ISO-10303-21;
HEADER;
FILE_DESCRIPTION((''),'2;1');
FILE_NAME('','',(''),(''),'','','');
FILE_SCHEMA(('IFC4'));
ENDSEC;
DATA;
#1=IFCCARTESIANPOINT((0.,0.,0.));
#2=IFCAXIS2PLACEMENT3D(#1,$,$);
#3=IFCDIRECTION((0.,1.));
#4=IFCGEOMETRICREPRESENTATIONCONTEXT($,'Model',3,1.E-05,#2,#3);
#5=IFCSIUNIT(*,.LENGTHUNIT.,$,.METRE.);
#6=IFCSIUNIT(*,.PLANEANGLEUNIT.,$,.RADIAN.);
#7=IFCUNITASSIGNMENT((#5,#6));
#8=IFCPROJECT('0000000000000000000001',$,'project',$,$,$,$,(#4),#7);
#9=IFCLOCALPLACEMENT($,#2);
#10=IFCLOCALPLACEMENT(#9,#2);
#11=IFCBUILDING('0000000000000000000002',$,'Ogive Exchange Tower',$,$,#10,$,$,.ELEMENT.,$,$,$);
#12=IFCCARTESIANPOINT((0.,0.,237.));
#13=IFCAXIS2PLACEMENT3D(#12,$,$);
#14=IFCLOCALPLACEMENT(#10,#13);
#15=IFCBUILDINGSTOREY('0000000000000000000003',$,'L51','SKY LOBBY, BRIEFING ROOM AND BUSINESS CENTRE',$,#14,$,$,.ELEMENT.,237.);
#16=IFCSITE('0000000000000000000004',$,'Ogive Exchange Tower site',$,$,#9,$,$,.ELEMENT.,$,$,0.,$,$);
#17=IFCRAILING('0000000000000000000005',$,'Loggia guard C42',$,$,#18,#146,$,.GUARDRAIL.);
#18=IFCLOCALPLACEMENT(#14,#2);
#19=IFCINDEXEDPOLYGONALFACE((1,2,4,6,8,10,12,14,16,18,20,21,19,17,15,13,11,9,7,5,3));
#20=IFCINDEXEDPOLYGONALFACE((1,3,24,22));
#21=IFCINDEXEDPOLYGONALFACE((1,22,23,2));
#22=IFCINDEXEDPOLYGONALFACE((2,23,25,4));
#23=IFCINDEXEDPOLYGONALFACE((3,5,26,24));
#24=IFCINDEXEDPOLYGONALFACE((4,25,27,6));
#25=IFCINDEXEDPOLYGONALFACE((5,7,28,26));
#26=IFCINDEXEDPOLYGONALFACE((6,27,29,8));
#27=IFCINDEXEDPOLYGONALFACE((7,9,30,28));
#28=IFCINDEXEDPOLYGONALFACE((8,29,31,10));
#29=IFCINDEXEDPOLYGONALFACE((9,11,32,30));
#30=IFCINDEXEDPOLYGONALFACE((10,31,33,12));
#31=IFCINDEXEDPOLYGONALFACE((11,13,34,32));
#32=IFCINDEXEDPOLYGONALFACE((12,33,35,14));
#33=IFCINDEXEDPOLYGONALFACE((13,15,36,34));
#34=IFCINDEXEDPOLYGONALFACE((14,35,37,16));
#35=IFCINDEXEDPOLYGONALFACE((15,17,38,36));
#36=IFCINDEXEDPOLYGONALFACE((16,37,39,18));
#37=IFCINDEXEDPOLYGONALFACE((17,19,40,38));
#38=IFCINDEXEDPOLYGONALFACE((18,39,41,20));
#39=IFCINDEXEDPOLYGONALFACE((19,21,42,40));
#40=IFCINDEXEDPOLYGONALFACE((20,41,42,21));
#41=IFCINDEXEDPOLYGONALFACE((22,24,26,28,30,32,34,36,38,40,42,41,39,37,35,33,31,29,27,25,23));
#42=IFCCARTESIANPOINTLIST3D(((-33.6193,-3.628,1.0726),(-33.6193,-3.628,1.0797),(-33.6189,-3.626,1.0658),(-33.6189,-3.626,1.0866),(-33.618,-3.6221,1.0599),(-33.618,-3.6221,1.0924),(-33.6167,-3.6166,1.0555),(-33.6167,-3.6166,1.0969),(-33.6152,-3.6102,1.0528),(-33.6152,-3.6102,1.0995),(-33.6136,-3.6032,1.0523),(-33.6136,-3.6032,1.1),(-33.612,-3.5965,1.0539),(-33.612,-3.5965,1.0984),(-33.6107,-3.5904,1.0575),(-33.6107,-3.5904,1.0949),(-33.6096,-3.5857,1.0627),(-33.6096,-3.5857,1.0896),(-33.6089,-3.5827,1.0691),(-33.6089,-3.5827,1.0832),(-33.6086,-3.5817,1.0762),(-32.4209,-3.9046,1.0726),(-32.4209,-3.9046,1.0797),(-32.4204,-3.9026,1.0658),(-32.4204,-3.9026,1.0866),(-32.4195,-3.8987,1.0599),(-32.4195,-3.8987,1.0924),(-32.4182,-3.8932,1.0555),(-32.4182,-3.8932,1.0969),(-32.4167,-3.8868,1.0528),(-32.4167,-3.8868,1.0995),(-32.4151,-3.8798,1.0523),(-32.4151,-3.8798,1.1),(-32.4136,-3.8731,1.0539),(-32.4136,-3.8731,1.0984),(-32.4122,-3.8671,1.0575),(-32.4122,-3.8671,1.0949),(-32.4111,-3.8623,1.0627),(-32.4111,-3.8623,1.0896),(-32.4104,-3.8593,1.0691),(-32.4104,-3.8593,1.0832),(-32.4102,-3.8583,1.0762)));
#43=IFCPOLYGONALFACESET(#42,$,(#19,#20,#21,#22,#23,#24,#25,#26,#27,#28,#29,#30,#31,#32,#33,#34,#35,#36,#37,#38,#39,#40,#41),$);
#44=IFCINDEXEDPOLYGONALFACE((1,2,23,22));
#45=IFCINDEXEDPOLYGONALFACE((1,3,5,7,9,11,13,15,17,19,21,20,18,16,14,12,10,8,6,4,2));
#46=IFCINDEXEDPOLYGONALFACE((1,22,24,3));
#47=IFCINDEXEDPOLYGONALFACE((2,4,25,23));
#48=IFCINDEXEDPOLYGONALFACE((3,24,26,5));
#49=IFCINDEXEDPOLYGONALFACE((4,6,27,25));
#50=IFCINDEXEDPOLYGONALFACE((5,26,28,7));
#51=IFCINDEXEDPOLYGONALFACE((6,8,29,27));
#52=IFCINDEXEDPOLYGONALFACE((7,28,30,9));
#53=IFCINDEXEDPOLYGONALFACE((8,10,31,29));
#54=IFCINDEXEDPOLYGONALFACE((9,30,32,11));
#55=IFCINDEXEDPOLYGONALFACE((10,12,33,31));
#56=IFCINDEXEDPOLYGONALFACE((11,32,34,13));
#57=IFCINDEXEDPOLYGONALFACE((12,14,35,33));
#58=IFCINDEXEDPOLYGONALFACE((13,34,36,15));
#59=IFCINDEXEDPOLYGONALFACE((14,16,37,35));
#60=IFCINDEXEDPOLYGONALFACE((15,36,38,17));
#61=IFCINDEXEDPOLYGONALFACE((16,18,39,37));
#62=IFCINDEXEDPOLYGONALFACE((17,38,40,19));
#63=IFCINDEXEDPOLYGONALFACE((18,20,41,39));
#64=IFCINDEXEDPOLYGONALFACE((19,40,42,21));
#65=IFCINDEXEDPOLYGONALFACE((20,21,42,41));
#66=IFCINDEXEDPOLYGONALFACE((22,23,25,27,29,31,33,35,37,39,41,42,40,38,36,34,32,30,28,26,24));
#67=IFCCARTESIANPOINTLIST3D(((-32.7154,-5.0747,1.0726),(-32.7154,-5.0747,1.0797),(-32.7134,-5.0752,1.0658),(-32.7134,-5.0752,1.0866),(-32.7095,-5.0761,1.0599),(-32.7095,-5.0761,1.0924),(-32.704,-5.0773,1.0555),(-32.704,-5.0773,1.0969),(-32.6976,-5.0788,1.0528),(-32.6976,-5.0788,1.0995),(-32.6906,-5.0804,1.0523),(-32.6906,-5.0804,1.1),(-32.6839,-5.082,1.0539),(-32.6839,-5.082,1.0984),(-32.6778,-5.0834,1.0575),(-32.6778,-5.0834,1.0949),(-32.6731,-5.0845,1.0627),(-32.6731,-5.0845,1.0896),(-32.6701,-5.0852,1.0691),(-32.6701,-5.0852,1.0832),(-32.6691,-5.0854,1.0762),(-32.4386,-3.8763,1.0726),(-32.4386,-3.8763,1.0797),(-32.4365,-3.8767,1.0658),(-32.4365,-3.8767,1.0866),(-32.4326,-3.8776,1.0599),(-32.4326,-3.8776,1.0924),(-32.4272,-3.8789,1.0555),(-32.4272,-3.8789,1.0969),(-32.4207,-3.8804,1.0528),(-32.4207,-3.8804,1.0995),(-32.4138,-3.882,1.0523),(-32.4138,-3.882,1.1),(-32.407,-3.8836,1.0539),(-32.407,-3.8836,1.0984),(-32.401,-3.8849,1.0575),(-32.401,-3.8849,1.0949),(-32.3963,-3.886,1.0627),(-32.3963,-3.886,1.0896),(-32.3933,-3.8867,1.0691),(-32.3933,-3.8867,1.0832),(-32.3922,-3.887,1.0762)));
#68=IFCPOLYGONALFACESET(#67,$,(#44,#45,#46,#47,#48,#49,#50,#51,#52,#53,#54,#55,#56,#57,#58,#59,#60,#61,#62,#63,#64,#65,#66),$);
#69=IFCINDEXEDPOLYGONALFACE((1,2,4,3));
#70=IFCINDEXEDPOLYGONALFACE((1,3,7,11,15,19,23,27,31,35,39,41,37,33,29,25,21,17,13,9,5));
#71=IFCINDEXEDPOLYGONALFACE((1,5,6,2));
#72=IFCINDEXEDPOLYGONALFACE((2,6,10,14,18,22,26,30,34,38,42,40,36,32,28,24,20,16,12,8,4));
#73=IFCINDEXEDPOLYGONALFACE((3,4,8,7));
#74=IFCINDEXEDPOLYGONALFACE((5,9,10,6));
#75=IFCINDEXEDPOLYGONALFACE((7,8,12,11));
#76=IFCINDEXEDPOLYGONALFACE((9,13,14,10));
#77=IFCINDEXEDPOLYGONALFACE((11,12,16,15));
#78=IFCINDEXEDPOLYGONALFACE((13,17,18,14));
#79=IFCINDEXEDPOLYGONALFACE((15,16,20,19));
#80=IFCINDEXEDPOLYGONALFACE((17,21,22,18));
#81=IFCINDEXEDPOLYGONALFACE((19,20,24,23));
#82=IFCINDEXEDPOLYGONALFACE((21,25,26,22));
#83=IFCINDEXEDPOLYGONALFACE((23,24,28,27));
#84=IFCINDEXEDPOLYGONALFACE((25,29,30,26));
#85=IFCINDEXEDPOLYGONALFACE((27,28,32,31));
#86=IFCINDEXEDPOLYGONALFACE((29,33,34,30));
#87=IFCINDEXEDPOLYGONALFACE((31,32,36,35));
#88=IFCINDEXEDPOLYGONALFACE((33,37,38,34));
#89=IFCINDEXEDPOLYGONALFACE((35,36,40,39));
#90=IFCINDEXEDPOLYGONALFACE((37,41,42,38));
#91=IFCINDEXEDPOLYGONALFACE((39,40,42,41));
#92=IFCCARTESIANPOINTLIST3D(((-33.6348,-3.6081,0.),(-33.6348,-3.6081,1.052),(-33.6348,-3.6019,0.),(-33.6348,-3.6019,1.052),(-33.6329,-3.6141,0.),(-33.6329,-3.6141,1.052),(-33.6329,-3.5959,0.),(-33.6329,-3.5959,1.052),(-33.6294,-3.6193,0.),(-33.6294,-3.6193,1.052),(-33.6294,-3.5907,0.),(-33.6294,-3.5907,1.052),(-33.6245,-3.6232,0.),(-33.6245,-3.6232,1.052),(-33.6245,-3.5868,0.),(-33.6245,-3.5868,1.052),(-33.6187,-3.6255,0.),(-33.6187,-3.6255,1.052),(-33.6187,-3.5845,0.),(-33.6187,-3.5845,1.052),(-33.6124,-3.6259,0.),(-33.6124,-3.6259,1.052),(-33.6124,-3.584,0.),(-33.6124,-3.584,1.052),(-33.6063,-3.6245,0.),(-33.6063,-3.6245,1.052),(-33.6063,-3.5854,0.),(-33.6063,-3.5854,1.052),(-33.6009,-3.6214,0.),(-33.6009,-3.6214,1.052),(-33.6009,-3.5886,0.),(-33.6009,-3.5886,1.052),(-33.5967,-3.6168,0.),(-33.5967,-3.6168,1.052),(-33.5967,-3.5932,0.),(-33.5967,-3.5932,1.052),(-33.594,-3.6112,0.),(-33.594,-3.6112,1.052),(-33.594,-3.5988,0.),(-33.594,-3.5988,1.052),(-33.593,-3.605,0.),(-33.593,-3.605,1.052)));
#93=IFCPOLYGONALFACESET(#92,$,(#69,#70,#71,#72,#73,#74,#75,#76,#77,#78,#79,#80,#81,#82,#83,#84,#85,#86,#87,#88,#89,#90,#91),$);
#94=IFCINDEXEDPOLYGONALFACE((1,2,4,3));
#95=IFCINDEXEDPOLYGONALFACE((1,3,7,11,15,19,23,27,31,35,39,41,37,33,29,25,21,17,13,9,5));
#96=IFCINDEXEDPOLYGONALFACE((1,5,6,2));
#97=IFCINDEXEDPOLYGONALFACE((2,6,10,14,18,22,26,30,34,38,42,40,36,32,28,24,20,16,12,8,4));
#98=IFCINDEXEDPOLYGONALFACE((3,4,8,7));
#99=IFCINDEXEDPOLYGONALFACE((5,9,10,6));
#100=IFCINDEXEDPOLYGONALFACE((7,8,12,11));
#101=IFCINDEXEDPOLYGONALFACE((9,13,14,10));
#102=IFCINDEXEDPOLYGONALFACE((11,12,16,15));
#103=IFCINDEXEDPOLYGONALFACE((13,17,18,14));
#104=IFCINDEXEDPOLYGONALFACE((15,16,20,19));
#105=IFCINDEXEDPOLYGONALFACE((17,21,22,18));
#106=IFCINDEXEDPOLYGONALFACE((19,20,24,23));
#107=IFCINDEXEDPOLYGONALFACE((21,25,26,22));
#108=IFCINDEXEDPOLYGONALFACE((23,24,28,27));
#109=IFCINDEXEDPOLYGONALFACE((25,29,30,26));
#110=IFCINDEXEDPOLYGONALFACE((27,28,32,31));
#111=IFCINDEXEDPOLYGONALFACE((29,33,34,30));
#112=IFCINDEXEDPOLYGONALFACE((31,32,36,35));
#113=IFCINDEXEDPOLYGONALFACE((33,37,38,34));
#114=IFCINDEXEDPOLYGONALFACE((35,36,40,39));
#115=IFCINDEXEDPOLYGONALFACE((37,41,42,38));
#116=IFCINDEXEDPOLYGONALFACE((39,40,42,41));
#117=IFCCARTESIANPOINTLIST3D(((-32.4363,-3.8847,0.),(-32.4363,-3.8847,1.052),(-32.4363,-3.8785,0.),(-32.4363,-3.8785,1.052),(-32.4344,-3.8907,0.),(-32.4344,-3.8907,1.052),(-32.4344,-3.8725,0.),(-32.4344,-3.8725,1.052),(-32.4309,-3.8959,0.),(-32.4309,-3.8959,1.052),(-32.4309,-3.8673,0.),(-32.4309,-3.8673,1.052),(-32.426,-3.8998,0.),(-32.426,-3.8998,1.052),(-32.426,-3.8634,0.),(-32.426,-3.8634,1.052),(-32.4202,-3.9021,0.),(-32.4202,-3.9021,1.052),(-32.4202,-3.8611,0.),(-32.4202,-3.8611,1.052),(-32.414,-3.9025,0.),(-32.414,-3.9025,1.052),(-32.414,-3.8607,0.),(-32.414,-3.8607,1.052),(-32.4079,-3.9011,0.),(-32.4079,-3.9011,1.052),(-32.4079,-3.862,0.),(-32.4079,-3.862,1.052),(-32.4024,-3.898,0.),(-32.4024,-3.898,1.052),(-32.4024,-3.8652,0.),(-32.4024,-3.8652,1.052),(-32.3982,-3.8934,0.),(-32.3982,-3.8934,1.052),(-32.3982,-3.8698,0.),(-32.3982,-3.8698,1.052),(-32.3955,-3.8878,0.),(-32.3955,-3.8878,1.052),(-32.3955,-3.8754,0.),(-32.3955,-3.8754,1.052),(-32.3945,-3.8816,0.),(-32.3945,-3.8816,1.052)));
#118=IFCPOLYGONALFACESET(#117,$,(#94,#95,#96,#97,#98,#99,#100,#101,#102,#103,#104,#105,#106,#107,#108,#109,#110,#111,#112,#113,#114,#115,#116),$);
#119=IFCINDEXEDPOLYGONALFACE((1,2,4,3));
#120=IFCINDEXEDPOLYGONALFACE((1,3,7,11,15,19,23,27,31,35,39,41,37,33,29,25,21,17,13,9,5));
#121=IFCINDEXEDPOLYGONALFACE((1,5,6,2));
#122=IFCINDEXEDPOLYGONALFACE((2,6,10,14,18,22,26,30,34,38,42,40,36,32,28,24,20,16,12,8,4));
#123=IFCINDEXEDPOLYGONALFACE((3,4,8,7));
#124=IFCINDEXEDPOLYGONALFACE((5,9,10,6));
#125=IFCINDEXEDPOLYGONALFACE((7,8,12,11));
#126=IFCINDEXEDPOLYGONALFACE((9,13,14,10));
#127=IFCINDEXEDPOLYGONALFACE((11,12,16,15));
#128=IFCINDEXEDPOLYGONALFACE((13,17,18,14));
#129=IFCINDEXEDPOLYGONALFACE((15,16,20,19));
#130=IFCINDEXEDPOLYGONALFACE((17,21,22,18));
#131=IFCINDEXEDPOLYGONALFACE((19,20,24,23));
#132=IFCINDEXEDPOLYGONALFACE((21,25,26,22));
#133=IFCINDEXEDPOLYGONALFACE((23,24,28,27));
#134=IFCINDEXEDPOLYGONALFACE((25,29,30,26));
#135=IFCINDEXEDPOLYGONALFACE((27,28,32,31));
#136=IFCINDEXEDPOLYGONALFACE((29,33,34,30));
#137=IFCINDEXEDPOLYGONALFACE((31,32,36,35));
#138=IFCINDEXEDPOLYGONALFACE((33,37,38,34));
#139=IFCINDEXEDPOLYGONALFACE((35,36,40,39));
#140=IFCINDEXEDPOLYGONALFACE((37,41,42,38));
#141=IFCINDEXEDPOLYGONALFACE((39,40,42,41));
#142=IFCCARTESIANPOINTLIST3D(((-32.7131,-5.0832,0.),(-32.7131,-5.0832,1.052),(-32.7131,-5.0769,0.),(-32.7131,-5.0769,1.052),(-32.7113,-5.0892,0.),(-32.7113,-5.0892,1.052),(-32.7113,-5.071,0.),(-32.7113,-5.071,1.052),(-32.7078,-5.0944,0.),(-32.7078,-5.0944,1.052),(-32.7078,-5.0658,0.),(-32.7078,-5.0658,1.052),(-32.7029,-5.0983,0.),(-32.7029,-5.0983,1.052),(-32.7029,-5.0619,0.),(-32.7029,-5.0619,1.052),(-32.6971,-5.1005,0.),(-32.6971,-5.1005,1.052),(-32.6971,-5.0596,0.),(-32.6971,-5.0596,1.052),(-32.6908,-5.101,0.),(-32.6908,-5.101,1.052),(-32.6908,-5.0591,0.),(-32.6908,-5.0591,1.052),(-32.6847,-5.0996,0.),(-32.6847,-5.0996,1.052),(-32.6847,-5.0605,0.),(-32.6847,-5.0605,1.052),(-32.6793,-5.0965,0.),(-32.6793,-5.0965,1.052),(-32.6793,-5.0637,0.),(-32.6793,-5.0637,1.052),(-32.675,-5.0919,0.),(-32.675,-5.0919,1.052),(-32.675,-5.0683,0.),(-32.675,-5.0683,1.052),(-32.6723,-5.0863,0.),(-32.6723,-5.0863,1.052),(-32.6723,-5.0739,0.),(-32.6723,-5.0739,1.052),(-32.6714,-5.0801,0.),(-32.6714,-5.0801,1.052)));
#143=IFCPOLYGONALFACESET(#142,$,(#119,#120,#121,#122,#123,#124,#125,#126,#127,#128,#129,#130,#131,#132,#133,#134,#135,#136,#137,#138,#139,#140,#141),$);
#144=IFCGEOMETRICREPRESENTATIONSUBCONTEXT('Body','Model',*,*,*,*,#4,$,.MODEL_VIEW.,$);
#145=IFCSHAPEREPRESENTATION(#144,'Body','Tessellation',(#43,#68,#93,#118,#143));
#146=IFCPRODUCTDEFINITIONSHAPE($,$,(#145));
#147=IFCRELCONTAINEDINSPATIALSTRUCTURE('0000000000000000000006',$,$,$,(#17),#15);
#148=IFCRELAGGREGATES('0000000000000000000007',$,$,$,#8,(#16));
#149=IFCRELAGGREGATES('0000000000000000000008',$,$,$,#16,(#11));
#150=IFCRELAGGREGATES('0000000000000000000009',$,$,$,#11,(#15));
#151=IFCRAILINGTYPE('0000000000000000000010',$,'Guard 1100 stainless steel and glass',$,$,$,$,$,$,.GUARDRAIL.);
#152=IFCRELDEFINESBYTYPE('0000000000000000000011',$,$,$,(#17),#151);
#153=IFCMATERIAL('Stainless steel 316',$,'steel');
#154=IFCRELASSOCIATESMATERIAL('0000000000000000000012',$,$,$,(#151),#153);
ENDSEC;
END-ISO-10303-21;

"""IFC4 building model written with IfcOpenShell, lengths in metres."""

from ifc_helpers import new_model, si_unit, direction, frame, origin, origin_2d, place, context, subcontext, project, spatial, circle, extrude, material, type_object, element, save


model = new_model("IFC4")

# Units and contexts
model_context = context("Model", 3, precision=1e-05, world=origin(), true_north=direction((0.0, 1.0)))
body_context = subcontext(model_context, "Body", "Model", "MODEL_VIEW")
ifc_project = project(units=[si_unit("LENGTHUNIT", "METRE"), si_unit("PLANEANGLEUNIT", "RADIAN")], contexts=[model_context])

# Site, building, storey
site_placement = place(None, origin())
site = spatial("IfcSite", under=ifc_project, at=site_placement, Name="Ogive Exchange Tower site", CompositionType="ELEMENT", RefElevation=0.0)
building_placement = place(site_placement, origin())
building = spatial("IfcBuilding", under=site, at=building_placement, Name="Ogive Exchange Tower", CompositionType="ELEMENT")
storey_placement = place(building_placement, frame((0.0, 0.0, 237.0)))
storey = spatial("IfcBuildingStorey", under=building, at=storey_placement, Name="L51", Description="SKY LOBBY, BRIEFING ROOM AND BUSINESS CENTRE", CompositionType="ELEMENT", Elevation=237.0)

# Railing
ifc_material_1 = material(Name="Stainless steel 316", Category="steel")
railing_type = type_object("IfcRailingType", Name="Guard 1100 stainless steel and glass", PredefinedType="GUARDRAIL", material=ifc_material_1)
railing_placement = place(storey_placement, frame((-33.614, -3.605, 0.0)))
element("IfcRailing", 1, at=railing_placement, inside=storey, type_object=railing_type, Name="Loggia guard C42", PredefinedType="GUARDRAIL", context=body_context, shape_type="SweptSolid", body=[
    extrude(circle(Radius=0.0239, at=origin_2d()), frame((0.0, 0.0, 1.0762), z_axis=(0.974385, -0.224888, 0.0), x_axis=(0.224888, 0.974385, 0.0)), (0.0, 0.0, 1.0), 1.23),
    extrude(circle(Radius=0.0239, at=origin_2d()), frame((1.1985, -0.2766, 1.0762), z_axis=(-0.225077, -0.974341, 0.0), x_axis=(0.974341, -0.225077, 0.0)), (0.0, 0.0, 1.0), 1.23),
    extrude(circle(Radius=0.021, at=origin_2d()), origin(), (0.0, 0.0, 1.0), 1.052),
    extrude(circle(Radius=0.021, at=origin_2d()), frame((1.1985, -0.2766, 0.0)), (0.0, 0.0, 1.0), 1.052),
    extrude(circle(Radius=0.021, at=origin_2d()), frame((0.9216, -1.4751, 0.0)), (0.0, 0.0, 1.0), 1.052),
])

save(model, "model.ifc")
